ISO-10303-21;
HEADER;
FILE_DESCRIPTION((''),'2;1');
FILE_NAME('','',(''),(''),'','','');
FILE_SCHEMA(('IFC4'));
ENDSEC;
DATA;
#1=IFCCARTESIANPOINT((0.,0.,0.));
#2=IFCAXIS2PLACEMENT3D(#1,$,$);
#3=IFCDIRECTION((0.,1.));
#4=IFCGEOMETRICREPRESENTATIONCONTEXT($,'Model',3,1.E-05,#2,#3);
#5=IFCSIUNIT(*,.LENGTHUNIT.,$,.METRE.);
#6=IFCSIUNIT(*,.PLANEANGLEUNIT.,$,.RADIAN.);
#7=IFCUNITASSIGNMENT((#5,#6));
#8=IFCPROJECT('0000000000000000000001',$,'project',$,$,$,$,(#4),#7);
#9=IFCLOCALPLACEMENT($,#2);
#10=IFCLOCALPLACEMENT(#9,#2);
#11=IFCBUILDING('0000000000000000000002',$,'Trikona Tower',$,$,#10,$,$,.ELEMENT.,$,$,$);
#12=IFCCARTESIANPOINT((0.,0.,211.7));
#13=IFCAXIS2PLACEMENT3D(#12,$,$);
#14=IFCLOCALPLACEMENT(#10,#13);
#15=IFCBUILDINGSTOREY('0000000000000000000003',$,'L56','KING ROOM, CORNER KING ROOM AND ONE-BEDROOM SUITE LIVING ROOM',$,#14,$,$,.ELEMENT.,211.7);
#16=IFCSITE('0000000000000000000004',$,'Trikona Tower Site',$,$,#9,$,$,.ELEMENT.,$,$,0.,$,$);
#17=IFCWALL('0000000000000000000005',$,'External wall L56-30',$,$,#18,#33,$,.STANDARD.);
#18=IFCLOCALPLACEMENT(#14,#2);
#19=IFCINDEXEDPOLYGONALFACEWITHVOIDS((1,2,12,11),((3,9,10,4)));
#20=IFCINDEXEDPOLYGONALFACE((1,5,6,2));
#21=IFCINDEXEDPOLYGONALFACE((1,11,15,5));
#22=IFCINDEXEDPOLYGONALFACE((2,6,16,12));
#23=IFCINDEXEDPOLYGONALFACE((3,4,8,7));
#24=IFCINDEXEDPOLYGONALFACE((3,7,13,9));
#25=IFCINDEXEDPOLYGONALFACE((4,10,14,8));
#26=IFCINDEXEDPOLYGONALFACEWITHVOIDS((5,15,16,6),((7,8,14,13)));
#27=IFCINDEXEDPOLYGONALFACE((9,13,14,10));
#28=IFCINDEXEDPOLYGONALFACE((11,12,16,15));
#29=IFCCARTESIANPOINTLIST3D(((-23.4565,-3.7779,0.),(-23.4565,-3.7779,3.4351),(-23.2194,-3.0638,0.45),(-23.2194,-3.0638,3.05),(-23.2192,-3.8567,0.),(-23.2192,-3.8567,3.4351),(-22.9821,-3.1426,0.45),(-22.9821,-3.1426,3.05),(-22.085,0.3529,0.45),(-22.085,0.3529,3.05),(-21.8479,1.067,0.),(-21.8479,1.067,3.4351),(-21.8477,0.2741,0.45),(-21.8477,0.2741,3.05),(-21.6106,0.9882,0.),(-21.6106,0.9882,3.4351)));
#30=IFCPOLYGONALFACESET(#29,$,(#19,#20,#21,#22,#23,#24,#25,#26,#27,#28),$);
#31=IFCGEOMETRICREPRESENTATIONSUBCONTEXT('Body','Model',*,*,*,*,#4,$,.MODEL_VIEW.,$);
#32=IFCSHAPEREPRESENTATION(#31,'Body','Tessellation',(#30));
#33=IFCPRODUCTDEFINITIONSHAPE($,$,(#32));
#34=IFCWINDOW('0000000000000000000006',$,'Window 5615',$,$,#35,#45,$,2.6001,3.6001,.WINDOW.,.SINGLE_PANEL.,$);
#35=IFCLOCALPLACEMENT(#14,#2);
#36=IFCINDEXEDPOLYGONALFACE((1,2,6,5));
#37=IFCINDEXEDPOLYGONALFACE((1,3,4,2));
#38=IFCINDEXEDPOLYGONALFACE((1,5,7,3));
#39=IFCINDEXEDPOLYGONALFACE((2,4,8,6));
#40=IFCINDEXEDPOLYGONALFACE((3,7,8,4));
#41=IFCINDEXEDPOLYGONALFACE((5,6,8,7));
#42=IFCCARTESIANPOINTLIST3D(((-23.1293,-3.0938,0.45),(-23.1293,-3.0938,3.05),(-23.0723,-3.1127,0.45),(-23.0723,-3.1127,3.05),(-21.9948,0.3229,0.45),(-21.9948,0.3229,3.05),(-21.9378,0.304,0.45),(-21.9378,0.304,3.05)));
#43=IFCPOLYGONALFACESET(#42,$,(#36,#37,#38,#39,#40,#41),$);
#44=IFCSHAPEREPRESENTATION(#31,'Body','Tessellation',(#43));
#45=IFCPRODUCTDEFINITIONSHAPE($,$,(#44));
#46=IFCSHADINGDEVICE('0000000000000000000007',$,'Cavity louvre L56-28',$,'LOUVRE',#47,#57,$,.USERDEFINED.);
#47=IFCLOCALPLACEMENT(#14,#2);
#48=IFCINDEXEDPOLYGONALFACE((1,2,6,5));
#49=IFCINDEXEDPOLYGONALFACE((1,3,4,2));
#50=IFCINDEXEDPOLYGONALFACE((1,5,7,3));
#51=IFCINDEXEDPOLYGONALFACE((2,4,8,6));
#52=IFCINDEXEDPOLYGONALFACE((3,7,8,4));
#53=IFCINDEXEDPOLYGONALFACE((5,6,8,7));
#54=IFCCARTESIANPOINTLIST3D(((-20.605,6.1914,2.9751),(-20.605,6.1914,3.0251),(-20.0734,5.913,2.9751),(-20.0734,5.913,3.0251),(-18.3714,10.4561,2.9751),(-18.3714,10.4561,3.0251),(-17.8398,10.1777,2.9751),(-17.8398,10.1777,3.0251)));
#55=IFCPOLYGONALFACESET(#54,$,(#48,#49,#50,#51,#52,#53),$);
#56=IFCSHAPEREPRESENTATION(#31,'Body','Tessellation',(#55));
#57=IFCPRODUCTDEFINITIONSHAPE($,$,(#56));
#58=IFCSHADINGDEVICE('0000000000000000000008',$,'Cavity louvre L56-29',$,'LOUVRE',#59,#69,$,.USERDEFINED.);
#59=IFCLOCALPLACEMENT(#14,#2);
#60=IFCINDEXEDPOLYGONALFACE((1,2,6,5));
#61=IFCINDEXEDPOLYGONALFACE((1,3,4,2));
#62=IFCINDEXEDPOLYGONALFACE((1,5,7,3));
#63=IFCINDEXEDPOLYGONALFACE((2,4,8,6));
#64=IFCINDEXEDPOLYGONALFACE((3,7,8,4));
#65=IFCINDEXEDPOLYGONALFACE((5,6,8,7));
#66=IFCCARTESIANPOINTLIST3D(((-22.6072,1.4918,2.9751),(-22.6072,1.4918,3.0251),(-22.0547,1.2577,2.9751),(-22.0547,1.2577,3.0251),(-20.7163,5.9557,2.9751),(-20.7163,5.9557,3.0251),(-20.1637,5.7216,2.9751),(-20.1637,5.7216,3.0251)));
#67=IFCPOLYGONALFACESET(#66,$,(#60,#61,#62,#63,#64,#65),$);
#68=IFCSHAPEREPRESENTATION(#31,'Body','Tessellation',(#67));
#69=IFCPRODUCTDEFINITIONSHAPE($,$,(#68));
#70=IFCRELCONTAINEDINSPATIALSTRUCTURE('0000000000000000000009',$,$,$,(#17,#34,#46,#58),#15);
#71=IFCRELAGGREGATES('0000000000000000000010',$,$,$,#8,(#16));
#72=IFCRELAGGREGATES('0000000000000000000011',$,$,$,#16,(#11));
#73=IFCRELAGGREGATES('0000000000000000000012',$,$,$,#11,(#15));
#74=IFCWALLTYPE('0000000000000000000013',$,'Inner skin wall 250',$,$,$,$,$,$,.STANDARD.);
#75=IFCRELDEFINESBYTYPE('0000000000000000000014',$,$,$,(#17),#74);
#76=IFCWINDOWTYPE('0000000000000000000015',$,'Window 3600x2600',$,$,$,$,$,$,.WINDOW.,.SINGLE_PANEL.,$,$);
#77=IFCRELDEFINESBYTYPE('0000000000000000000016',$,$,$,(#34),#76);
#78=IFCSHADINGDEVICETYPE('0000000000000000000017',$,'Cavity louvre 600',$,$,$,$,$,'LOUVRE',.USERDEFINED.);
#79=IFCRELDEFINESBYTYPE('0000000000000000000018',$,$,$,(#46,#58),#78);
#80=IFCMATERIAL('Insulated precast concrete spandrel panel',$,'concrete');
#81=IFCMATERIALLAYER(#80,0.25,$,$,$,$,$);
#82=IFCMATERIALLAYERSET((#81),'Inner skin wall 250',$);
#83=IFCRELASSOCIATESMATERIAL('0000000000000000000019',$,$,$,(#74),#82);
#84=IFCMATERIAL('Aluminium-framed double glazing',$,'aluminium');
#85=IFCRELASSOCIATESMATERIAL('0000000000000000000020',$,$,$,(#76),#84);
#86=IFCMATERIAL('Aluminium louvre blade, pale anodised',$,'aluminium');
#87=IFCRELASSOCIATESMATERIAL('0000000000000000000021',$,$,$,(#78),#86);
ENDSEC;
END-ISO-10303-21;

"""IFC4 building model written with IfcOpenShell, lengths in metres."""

from ifc_helpers import new_model, si_unit, direction, frame, frame_2d, origin, origin_2d, place, context, subcontext, project, spatial, rectangle, extrude, material, layer, layer_set, type_object, element, fill, save


model = new_model("IFC4")

# Units and contexts
model_context = context("Model", 3, precision=1e-05, world=origin(), true_north=direction((0.0, 1.0)))
body_context = subcontext(model_context, "Body", "Model", "MODEL_VIEW")
ifc_project = project(units=[si_unit("LENGTHUNIT", "METRE"), si_unit("PLANEANGLEUNIT", "RADIAN")], contexts=[model_context])

# Site, building, storey
site_placement = place(None, origin())
site = spatial("IfcSite", under=ifc_project, at=site_placement, Name="Trikona Tower Site", CompositionType="ELEMENT", RefElevation=0.0)
building_placement = place(site_placement, origin())
building = spatial("IfcBuilding", under=site, at=building_placement, Name="Trikona Tower", CompositionType="ELEMENT")
storey_placement = place(building_placement, frame((0.0, 0.0, 211.7)))
storey = spatial("IfcBuildingStorey", under=building, at=storey_placement, Name="L56", Description="KING ROOM, CORNER KING ROOM AND ONE-BEDROOM SUITE LIVING ROOM", CompositionType="ELEMENT", Elevation=211.7)

# Wall, opening, window
ifc_material_1 = material(Name="Insulated precast concrete spandrel panel", Category="concrete")
ifc_layer_1 = layer(ifc_material_1, 0.25)
ifc_layer_set_1 = layer_set([ifc_layer_1], Name="Inner skin wall 250")
wall_type = type_object("IfcWallType", Name="Inner skin wall 250", PredefinedType="STANDARD", material=ifc_layer_set_1)
ifc_material_2 = material(Name="Aluminium-framed double glazing", Category="aluminium")
window_type = type_object("IfcWindowType", Name="Window 3600x2600", PartitioningType="SINGLE_PANEL", PredefinedType="WINDOW", material=ifc_material_2)
wall_1_placement = place(storey_placement, frame((-21.7292, 1.0276, 0.0), z_axis=(0.0, 0.0, 1.0), x_axis=(-0.315108, -0.949056, 0.0)))
wall_1 = element("IfcWall", 1, at=wall_1_placement, inside=storey, type_object=wall_type, Name="External wall L56-30", PredefinedType="STANDARD", context=body_context, shape_type="SweptSolid", body=[
    extrude(rectangle(XDim=5.105, YDim=0.25, at=frame_2d((2.5525, 0.0))), origin(), (0.0, 0.0, 1.0), 3.4351),
])
opening_1_placement = place(wall_1_placement, frame((0.7524, 0.0, 0.45)))
opening_1 = element("IfcOpeningElement", 2, at=opening_1_placement, cuts=wall_1, PredefinedType="OPENING", context=body_context, shape_type="SweptSolid", body=[
    extrude(rectangle(XDim=3.6001, YDim=2.6001, at=frame_2d((1.8, 1.3))), frame((0.0, 0.135, 0.0), z_axis=(0.0, -1.0, 0.0), x_axis=(1.0, 0.0, 0.0)), (0.0, 0.0, 1.0), 0.27),
])
window_1_placement = place(opening_1_placement, origin())
window_1 = element("IfcWindow", 3, at=window_1_placement, inside=storey, type_object=window_type, Name="Window 5615", OverallHeight=2.6001, OverallWidth=3.6001, PartitioningType="SINGLE_PANEL", PredefinedType="WINDOW", context=body_context, shape_type="SweptSolid", body=[
    extrude(rectangle(XDim=3.6001, YDim=2.6001, at=frame_2d((1.8, 1.3))), frame((0.0, 0.03, 0.0), z_axis=(0.0, -1.0, 0.0), x_axis=(1.0, 0.0, 0.0)), (0.0, 0.0, 1.0), 0.0601),
])
fill(opening_1, window_1)

# Shading devices
ifc_material_3 = material(Name="Aluminium louvre blade, pale anodised", Category="aluminium")
shading_device_type = type_object("IfcShadingDeviceType", Name="Cavity louvre 600", ElementType="LOUVRE", PredefinedType="USERDEFINED", material=ifc_material_3)
shading_device_1_placement = place(storey_placement, frame((-19.2224, 8.1846, 2.9751), z_axis=(0.0, 0.0, 1.0), x_axis=(-0.463952, -0.88586, 0.0)))
element("IfcShadingDevice", 4, at=shading_device_1_placement, inside=storey, type_object=shading_device_type, Name="Cavity louvre L56-28", ObjectType="LOUVRE", PredefinedType="USERDEFINED", context=body_context, shape_type="SweptSolid", body=[
    extrude(rectangle(XDim=4.8142, YDim=0.6001, at=origin_2d()), origin(), (0.0, 0.0, 1.0), 0.05),
])
shading_device_2_placement = place(storey_placement, frame((-21.3855, 3.6067, 2.9751), z_axis=(0.0, 0.0, 1.0), x_axis=(-0.390051, -0.920793, 0.0)))
element("IfcShadingDevice", 5, at=shading_device_2_placement, inside=storey, type_object=shading_device_type, Name="Cavity louvre L56-29", ObjectType="LOUVRE", PredefinedType="USERDEFINED", context=body_context, shape_type="SweptSolid", body=[
    extrude(rectangle(XDim=4.8479, YDim=0.6001, at=origin_2d()), origin(), (0.0, 0.0, 1.0), 0.05),
])

save(model, "model.ifc")
